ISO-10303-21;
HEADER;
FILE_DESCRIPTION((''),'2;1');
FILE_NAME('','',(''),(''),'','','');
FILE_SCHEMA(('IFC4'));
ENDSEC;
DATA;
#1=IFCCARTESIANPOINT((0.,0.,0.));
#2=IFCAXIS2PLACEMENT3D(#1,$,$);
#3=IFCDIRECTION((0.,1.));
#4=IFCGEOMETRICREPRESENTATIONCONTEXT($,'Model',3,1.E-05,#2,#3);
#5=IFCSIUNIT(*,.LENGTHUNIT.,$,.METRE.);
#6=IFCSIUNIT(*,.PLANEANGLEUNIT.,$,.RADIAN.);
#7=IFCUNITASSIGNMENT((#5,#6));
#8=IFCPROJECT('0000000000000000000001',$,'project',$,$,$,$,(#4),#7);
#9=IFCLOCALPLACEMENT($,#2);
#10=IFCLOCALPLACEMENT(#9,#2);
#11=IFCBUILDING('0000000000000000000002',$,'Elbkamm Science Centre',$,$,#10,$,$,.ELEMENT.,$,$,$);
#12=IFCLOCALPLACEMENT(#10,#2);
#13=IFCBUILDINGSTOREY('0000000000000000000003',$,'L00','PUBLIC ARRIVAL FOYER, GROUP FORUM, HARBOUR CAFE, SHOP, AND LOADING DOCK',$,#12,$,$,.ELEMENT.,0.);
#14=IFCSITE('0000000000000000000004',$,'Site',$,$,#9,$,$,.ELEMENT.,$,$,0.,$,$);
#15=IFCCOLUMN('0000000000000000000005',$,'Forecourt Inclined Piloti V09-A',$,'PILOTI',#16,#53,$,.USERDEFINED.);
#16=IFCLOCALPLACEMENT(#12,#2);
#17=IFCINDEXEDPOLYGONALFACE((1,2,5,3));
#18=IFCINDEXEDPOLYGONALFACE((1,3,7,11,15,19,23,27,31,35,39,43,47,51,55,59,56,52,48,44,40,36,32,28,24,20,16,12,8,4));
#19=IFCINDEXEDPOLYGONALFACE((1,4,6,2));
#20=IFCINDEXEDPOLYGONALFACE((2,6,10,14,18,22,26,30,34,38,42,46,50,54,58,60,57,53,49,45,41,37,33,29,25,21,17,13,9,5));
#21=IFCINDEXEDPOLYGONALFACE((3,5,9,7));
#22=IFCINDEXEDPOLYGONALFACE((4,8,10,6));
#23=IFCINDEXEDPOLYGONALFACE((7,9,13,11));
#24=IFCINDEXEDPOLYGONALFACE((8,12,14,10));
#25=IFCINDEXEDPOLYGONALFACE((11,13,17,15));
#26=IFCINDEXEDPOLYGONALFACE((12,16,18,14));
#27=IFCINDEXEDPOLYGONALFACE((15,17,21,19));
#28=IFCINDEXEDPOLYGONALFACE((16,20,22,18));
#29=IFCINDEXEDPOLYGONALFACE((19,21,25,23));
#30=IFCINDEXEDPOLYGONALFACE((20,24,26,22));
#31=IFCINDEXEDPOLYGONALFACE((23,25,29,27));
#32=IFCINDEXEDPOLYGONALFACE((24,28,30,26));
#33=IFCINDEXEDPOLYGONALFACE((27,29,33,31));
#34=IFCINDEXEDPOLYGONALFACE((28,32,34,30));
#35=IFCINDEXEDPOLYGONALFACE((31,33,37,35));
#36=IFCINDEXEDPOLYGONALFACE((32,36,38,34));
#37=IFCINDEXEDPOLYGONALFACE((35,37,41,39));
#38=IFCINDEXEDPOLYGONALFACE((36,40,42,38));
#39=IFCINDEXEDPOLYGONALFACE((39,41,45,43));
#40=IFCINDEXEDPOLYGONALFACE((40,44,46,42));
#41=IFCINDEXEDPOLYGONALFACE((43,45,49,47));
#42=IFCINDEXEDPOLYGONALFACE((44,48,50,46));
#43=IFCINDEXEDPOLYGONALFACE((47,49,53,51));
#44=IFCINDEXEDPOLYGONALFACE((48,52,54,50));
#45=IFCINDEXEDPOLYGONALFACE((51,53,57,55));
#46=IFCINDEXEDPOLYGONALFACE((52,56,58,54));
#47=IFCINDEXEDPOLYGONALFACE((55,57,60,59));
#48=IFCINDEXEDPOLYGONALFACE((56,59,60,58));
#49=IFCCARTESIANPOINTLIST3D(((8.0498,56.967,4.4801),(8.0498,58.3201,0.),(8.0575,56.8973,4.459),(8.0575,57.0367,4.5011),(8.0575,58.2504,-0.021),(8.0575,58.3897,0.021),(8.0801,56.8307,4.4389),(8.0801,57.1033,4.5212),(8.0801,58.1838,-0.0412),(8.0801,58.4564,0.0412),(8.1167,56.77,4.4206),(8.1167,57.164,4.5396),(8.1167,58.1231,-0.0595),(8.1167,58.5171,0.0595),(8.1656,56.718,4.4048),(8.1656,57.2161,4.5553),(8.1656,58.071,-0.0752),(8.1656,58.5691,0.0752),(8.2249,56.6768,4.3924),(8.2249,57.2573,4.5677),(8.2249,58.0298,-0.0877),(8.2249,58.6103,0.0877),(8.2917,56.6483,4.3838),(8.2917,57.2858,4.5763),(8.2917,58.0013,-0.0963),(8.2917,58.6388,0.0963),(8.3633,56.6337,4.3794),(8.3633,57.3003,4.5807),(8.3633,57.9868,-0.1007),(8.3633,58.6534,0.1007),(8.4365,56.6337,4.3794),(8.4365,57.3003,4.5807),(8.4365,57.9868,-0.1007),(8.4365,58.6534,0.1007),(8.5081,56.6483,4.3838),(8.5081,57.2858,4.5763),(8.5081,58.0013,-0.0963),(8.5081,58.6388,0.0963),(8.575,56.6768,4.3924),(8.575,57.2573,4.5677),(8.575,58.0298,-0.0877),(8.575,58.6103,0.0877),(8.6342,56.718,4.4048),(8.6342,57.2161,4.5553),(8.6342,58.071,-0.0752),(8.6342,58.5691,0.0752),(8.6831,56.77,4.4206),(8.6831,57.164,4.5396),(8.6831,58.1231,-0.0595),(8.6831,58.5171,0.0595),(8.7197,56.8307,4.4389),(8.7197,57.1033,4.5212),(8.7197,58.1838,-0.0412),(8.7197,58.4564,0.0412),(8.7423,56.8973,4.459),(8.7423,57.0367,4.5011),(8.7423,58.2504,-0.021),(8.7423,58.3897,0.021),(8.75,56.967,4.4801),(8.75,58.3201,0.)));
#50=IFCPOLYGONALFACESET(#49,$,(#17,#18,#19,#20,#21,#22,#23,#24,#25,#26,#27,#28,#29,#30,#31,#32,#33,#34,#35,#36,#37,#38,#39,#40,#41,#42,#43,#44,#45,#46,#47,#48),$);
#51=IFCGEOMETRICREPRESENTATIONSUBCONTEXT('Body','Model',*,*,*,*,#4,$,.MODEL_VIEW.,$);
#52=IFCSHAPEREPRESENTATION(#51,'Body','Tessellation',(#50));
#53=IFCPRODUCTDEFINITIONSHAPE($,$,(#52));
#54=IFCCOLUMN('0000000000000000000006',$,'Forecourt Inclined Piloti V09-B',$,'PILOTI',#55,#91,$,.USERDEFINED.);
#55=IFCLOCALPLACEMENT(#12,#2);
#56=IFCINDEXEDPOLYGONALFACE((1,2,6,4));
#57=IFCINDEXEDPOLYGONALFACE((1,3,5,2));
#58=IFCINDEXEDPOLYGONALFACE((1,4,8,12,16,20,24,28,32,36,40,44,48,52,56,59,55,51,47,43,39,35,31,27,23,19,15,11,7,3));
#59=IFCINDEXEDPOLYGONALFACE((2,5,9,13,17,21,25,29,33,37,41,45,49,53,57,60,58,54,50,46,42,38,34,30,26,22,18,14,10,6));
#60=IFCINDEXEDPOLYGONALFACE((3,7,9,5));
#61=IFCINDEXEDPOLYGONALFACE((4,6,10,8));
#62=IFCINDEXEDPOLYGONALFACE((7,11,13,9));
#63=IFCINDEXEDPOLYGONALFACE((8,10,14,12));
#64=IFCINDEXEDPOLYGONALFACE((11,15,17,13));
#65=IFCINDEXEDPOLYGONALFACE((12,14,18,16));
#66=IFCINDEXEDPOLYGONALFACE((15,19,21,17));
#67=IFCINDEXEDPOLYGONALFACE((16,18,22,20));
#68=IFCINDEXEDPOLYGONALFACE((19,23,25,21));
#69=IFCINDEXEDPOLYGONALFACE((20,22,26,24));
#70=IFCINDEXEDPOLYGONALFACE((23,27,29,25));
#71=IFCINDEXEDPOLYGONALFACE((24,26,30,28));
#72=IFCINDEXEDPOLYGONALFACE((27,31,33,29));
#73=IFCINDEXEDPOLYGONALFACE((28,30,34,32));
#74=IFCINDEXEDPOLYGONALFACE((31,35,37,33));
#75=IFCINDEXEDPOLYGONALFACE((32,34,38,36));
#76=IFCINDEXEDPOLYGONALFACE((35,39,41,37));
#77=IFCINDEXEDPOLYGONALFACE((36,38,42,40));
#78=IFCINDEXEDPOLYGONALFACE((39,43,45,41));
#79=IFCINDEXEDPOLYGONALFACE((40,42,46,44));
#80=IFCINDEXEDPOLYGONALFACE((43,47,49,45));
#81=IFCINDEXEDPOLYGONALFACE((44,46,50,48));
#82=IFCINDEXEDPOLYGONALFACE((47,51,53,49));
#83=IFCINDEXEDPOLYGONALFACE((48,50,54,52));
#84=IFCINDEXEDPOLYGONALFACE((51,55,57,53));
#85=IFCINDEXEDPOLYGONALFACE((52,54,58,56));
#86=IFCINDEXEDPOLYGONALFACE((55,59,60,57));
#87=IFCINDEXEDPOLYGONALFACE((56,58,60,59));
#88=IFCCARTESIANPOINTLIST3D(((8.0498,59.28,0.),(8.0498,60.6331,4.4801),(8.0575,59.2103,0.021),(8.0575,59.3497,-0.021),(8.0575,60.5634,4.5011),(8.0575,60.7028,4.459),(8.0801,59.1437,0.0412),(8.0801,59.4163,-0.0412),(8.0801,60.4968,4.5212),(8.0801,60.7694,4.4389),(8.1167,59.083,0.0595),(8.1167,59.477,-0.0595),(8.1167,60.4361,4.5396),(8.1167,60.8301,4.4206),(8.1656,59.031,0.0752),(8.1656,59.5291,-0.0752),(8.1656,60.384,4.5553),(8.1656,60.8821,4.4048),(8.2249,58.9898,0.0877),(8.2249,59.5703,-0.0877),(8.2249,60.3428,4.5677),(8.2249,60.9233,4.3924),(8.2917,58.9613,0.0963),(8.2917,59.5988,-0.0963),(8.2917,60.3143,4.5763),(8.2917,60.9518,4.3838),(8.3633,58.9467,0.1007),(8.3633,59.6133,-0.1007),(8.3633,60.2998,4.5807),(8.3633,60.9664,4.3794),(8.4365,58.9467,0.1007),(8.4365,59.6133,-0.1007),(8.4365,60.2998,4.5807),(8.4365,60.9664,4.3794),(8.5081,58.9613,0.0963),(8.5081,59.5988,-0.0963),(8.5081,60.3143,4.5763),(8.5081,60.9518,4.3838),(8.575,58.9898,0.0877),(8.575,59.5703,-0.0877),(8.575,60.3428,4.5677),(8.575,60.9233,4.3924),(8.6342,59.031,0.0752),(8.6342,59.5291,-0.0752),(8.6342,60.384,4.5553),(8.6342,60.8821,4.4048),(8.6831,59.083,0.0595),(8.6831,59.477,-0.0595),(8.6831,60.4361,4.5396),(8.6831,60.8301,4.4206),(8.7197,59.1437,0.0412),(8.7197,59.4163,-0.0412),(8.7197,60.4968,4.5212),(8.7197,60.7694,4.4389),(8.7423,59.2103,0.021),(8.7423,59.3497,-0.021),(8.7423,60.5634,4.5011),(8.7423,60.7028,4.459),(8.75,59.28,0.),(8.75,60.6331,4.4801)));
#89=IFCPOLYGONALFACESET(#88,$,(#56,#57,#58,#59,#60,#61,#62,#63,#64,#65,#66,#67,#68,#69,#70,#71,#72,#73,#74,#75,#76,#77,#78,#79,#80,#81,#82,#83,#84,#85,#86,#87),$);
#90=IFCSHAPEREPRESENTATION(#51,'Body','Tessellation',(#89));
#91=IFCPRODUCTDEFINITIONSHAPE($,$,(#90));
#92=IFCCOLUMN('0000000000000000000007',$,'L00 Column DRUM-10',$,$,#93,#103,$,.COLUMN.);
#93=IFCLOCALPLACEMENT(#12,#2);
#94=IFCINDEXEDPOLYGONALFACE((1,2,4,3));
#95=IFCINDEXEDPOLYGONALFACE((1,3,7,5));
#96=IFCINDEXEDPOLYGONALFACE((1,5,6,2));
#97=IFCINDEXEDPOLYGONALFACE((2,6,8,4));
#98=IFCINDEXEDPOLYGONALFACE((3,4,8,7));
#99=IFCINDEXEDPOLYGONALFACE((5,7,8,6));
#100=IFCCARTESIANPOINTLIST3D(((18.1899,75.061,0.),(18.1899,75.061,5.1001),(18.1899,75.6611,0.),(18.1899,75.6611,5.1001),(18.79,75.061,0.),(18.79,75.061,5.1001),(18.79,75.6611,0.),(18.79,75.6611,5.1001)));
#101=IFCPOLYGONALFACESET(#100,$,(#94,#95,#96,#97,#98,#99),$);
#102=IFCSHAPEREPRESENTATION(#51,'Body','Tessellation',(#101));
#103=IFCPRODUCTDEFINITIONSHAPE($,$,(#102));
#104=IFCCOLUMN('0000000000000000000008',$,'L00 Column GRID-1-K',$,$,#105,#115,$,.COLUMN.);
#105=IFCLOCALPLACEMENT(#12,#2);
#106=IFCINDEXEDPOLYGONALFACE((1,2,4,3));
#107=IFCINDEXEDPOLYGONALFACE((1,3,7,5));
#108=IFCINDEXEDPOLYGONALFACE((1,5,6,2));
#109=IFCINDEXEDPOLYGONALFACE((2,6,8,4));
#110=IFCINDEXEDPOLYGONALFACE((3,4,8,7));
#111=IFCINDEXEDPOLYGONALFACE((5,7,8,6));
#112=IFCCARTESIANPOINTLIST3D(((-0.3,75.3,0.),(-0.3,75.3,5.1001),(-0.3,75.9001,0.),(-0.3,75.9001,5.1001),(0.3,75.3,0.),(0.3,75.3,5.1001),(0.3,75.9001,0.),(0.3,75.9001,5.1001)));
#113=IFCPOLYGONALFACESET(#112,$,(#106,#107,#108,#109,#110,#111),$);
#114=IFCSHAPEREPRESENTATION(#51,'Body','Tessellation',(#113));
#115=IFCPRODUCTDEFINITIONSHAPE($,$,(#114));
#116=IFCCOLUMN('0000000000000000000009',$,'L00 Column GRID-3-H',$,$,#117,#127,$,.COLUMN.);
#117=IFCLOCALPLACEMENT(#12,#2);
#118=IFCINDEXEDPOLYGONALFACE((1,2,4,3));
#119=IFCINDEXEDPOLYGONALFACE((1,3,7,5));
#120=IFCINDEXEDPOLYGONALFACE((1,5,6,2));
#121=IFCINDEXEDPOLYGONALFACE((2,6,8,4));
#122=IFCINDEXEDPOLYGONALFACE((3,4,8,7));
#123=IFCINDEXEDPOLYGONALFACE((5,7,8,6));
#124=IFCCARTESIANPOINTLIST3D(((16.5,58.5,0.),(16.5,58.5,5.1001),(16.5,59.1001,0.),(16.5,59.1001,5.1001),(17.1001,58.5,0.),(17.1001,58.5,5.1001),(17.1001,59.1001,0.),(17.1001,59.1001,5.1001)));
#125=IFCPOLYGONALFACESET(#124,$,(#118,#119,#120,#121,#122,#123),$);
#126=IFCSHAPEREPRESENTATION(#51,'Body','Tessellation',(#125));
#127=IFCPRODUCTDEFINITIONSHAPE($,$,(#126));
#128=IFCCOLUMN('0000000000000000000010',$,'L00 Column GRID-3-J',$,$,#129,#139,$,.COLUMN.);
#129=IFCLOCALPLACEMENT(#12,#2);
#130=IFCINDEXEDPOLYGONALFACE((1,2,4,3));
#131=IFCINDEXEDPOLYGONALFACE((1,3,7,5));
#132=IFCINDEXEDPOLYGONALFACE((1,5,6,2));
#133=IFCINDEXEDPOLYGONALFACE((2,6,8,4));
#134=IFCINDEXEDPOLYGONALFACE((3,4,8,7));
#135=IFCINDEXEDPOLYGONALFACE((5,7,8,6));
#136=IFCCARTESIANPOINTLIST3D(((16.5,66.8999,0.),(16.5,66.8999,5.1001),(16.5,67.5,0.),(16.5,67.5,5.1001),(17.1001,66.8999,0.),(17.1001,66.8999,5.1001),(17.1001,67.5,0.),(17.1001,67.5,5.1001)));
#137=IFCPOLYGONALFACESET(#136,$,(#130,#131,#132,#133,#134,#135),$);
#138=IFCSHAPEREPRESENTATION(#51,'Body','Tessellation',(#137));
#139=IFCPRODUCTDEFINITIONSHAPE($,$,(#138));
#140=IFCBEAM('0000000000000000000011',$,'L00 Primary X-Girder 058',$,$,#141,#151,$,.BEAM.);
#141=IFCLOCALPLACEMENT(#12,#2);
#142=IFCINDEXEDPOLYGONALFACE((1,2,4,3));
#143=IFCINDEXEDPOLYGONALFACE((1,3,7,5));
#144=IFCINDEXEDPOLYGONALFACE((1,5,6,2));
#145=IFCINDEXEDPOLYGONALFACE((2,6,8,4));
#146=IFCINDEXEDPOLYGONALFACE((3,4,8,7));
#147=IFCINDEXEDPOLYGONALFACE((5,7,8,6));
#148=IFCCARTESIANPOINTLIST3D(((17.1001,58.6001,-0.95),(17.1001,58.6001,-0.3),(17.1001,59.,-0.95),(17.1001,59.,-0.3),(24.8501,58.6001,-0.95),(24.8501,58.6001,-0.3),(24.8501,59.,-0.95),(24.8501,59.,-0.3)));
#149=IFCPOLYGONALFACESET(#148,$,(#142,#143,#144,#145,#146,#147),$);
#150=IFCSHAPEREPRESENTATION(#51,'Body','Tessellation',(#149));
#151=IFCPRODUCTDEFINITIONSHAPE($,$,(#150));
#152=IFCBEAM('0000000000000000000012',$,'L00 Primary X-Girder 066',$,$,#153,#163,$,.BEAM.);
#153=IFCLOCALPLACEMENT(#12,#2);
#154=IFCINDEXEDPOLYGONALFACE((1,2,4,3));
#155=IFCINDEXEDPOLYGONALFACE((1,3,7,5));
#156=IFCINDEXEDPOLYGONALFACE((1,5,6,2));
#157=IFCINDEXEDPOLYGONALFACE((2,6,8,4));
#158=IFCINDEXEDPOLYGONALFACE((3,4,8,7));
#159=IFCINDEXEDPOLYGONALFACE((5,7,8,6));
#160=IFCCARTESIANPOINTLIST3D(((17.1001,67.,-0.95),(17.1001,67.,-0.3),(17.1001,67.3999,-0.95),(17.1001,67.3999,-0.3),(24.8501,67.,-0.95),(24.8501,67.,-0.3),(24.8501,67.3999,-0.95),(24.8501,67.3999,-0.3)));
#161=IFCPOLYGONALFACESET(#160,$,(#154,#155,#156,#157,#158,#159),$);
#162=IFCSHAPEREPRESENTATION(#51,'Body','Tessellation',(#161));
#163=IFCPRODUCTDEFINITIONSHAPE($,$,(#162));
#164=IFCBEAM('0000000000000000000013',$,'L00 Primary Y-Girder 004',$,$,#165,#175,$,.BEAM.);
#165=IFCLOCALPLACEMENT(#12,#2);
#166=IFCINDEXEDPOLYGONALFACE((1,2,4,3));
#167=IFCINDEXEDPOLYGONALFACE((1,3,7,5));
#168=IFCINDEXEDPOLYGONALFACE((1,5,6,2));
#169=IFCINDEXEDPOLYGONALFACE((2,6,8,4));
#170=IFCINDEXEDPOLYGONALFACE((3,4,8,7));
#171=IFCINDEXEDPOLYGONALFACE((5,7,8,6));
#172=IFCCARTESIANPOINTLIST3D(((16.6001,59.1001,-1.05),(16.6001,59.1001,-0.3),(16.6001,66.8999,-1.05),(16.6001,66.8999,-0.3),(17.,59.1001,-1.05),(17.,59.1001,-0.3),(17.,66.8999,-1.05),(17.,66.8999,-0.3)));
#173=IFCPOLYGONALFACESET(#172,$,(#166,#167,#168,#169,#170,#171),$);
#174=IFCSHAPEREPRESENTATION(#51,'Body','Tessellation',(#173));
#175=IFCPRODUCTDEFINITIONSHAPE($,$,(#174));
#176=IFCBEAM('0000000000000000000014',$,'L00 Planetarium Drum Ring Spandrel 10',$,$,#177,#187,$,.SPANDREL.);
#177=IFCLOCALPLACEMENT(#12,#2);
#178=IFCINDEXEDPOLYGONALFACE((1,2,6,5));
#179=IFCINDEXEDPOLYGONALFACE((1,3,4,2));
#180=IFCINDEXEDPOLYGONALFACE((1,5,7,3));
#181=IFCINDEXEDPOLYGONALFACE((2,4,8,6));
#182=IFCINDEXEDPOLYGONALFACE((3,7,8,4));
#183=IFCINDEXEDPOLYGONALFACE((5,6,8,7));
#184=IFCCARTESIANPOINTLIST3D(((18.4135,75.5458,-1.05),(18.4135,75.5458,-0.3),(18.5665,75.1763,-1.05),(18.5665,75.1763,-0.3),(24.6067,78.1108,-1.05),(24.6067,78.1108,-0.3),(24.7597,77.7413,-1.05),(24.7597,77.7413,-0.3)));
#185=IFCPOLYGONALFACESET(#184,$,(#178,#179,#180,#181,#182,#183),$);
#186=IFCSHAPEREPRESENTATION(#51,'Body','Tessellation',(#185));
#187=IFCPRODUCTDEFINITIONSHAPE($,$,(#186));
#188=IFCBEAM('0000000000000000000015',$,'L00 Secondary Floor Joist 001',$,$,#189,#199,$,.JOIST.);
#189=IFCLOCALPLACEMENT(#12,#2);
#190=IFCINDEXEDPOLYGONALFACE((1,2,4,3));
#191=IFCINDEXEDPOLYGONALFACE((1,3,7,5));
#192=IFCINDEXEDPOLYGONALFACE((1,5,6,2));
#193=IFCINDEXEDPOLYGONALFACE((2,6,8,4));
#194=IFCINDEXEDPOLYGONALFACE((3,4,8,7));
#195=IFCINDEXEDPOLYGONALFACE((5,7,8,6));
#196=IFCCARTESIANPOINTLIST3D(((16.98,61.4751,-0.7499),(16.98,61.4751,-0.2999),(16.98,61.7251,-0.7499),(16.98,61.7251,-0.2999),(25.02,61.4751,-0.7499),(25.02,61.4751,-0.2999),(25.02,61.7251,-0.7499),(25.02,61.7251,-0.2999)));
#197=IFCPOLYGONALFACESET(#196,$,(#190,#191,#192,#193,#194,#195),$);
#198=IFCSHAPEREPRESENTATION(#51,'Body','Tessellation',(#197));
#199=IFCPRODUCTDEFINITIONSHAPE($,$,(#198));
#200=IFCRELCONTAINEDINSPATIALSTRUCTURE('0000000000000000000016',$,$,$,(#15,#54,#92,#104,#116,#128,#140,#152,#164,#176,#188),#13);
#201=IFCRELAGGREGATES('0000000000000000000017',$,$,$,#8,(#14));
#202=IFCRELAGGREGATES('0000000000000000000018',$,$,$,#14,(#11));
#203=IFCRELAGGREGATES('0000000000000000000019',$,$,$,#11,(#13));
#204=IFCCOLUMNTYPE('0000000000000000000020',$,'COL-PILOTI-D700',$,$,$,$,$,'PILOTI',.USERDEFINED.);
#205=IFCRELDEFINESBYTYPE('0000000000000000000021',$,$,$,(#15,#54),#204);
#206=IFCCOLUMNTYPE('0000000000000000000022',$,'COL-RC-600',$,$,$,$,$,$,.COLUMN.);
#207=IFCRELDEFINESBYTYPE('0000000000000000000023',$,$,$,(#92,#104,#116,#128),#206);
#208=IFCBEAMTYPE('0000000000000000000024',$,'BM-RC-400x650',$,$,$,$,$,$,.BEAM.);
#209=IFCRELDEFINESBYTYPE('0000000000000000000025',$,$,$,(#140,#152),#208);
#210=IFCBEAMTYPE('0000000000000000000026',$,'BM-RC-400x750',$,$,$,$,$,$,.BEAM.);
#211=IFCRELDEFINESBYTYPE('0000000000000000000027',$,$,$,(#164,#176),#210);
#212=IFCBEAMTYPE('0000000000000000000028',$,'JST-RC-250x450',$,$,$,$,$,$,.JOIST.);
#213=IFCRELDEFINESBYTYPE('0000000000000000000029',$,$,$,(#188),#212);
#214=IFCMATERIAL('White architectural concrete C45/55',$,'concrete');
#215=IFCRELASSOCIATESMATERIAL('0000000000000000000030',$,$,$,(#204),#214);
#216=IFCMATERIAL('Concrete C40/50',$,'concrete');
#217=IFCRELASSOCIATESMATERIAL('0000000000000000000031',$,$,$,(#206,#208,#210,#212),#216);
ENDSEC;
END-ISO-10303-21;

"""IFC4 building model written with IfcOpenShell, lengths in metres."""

from ifc_helpers import new_model, si_unit, direction, frame, origin, origin_2d, place, context, subcontext, project, spatial, rectangle, circle, extrude, material, material_profile, profile_set, type_object, element, save


model = new_model("IFC4")

# Units and contexts
model_context = context("Model", 3, precision=1e-05, world=origin(), true_north=direction((0.0, 1.0)))
body_context = subcontext(model_context, "Body", "Model", "MODEL_VIEW")
ifc_project = project(units=[si_unit("LENGTHUNIT", "METRE"), si_unit("PLANEANGLEUNIT", "RADIAN")], contexts=[model_context])

# Site, building, storey
site_placement = place(None, origin())
site = spatial("IfcSite", under=ifc_project, at=site_placement, Name="Site", CompositionType="ELEMENT", RefElevation=0.0)
building_placement = place(site_placement, origin())
building = spatial("IfcBuilding", under=site, at=building_placement, Name="Elbkamm Science Centre", CompositionType="ELEMENT")
storey_placement = place(building_placement, origin())
storey = spatial("IfcBuildingStorey", under=building, at=storey_placement, Name="L00", Description="PUBLIC ARRIVAL FOYER, GROUP FORUM, HARBOUR CAFE, SHOP, AND LOADING DOCK", CompositionType="ELEMENT", Elevation=0.0)

# Columns
ifc_material_1 = material(Name="White architectural concrete C45/55", Category="concrete")
ifc_material_profile_1 = material_profile(ifc_material_1, circle(Radius=0.3501, at=origin_2d()), Name="RC D700")
ifc_profile_set_1 = profile_set([ifc_material_profile_1], Name="White architectural concrete C45/55")
column_type_1 = type_object("IfcColumnType", Name="COL-PILOTI-D700", ElementType="PILOTI", PredefinedType="USERDEFINED", material=ifc_profile_set_1)
for number, where, z_axis, x_axis, name in (
    (1, (8.3999, 58.3201, 0.0), (0.0, -0.289118, 0.957293), (1.0, 0.0, 0.0), "Forecourt Inclined Piloti V09-A"),
    (2, (8.3999, 59.28, 0.0), (0.0, 0.289118, 0.957293), (-1.0, 0.0, 0.0), "Forecourt Inclined Piloti V09-B"),
):
    element("IfcColumn", number, at=place(storey_placement, frame(where, z_axis=z_axis, x_axis=x_axis)), inside=storey, type_object=column_type_1, Name=name, ObjectType="PILOTI", PredefinedType="USERDEFINED", context=body_context, shape_type="SweptSolid", body=[
        extrude(circle(Radius=0.3501, at=origin_2d()), origin(), (0.0, 0.0, 1.0), 4.6799),
    ])
ifc_material_2 = material(Name="Concrete C40/50", Category="concrete")
ifc_material_profile_2 = material_profile(ifc_material_2, rectangle(XDim=0.6001, YDim=0.6001, at=origin_2d()), Name="RC 600x600")
ifc_profile_set_2 = profile_set([ifc_material_profile_2], Name="Concrete C40/50")
column_type_2 = type_object("IfcColumnType", Name="COL-RC-600", PredefinedType="COLUMN", material=ifc_profile_set_2)
for number, where, z_axis, x_axis, name in (
    (3, (18.49, 75.3611, 0.0), (0.0, 0.0, 1.0), (1.0, 0.0, 0.0), "L00 Column DRUM-10"),
    (4, (0.0, 75.6001, 0.0), (0.0, 0.0, 1.0), (1.0, 0.0, 0.0), "L00 Column GRID-1-K"),
    (5, (16.8, 58.8, 0.0), (0.0, 0.0, 1.0), (1.0, 0.0, 0.0), "L00 Column GRID-3-H"),
    (6, (16.8, 67.2, 0.0), (0.0, 0.0, 1.0), (1.0, 0.0, 0.0), "L00 Column GRID-3-J"),
):
    element("IfcColumn", number, at=place(storey_placement, frame(where, z_axis=z_axis, x_axis=x_axis)), inside=storey, type_object=column_type_2, Name=name, PredefinedType="COLUMN", context=body_context, shape_type="SweptSolid", body=[
        extrude(rectangle(XDim=0.6001, YDim=0.6001, at=origin_2d()), origin(), (0.0, 0.0, 1.0), 5.1001),
    ])

# Beams
ifc_material_profile_3 = material_profile(ifc_material_2, rectangle(XDim=0.3999, YDim=0.6499, at=origin_2d()), Name="RC 400x650")
ifc_profile_set_3 = profile_set([ifc_material_profile_3], Name="Concrete C40/50")
beam_type_1 = type_object("IfcBeamType", Name="BM-RC-400x650", PredefinedType="BEAM", material=ifc_profile_set_3)
for number, where, z_axis, x_axis, name in (
    (7, (17.1001, 58.8, -0.625), (1.0, 0.0, 0.0), (0.0, 1.0, 0.0), "L00 Primary X-Girder 058"),
    (8, (17.1001, 67.2, -0.625), (1.0, 0.0, 0.0), (0.0, 1.0, 0.0), "L00 Primary X-Girder 066"),
):
    element("IfcBeam", number, at=place(storey_placement, frame(where, z_axis=z_axis, x_axis=x_axis)), inside=storey, type_object=beam_type_1, Name=name, PredefinedType="BEAM", context=body_context, shape_type="SweptSolid", body=[
        extrude(rectangle(XDim=0.3999, YDim=0.6499, at=origin_2d()), origin(), (0.0, 0.0, 1.0), 7.75),
    ])
ifc_material_profile_4 = material_profile(ifc_material_2, rectangle(XDim=0.3999, YDim=0.75, at=origin_2d()), Name="RC 400x750")
ifc_profile_set_4 = profile_set([ifc_material_profile_4], Name="Concrete C40/50")
beam_type_2 = type_object("IfcBeamType", Name="BM-RC-400x750", PredefinedType="BEAM", material=ifc_profile_set_4)
beam_1_placement = place(storey_placement, frame((16.8, 59.1001, -0.675), z_axis=(0.0, 1.0, 0.0), x_axis=(-1.0, 0.0, 0.0)))
element("IfcBeam", 9, at=beam_1_placement, inside=storey, type_object=beam_type_2, Name="L00 Primary Y-Girder 004", PredefinedType="BEAM", context=body_context, shape_type="SweptSolid", body=[
    extrude(rectangle(XDim=0.3999, YDim=0.75, at=origin_2d()), origin(), (0.0, 0.0, 1.0), 7.7998),
])
beam_2_placement = place(storey_placement, frame((18.49, 75.3611, -0.675), z_axis=(0.923897, 0.382641, 0.0), x_axis=(-0.382641, 0.923897, 0.0)))
element("IfcBeam", 10, at=beam_2_placement, inside=storey, type_object=beam_type_2, Name="L00 Planetarium Drum Ring Spandrel 10", PredefinedType="SPANDREL", context=body_context, shape_type="SweptSolid", body=[
    extrude(rectangle(XDim=0.3999, YDim=0.75, at=origin_2d()), origin(), (0.0, 0.0, 1.0), 6.7034),
])
ifc_material_profile_5 = material_profile(ifc_material_2, rectangle(XDim=0.25, YDim=0.45, at=origin_2d()), Name="RC 250x450")
ifc_profile_set_5 = profile_set([ifc_material_profile_5], Name="Concrete C40/50")
beam_type_3 = type_object("IfcBeamType", Name="JST-RC-250x450", PredefinedType="JOIST", material=ifc_profile_set_5)
for number, where, z_axis, x_axis, name in (
    (11, (16.98, 61.6001, -0.5249), (1.0, 0.0, 0.0), (0.0, 1.0, 0.0), "L00 Secondary Floor Joist 001"),
):
    element("IfcBeam", number, at=place(storey_placement, frame(where, z_axis=z_axis, x_axis=x_axis)), inside=storey, type_object=beam_type_3, Name=name, PredefinedType="JOIST", context=body_context, shape_type="SweptSolid", body=[
        extrude(rectangle(XDim=0.25, YDim=0.45, at=origin_2d()), origin(), (0.0, 0.0, 1.0), 8.04),
    ])

save(model, "model.ifc")
